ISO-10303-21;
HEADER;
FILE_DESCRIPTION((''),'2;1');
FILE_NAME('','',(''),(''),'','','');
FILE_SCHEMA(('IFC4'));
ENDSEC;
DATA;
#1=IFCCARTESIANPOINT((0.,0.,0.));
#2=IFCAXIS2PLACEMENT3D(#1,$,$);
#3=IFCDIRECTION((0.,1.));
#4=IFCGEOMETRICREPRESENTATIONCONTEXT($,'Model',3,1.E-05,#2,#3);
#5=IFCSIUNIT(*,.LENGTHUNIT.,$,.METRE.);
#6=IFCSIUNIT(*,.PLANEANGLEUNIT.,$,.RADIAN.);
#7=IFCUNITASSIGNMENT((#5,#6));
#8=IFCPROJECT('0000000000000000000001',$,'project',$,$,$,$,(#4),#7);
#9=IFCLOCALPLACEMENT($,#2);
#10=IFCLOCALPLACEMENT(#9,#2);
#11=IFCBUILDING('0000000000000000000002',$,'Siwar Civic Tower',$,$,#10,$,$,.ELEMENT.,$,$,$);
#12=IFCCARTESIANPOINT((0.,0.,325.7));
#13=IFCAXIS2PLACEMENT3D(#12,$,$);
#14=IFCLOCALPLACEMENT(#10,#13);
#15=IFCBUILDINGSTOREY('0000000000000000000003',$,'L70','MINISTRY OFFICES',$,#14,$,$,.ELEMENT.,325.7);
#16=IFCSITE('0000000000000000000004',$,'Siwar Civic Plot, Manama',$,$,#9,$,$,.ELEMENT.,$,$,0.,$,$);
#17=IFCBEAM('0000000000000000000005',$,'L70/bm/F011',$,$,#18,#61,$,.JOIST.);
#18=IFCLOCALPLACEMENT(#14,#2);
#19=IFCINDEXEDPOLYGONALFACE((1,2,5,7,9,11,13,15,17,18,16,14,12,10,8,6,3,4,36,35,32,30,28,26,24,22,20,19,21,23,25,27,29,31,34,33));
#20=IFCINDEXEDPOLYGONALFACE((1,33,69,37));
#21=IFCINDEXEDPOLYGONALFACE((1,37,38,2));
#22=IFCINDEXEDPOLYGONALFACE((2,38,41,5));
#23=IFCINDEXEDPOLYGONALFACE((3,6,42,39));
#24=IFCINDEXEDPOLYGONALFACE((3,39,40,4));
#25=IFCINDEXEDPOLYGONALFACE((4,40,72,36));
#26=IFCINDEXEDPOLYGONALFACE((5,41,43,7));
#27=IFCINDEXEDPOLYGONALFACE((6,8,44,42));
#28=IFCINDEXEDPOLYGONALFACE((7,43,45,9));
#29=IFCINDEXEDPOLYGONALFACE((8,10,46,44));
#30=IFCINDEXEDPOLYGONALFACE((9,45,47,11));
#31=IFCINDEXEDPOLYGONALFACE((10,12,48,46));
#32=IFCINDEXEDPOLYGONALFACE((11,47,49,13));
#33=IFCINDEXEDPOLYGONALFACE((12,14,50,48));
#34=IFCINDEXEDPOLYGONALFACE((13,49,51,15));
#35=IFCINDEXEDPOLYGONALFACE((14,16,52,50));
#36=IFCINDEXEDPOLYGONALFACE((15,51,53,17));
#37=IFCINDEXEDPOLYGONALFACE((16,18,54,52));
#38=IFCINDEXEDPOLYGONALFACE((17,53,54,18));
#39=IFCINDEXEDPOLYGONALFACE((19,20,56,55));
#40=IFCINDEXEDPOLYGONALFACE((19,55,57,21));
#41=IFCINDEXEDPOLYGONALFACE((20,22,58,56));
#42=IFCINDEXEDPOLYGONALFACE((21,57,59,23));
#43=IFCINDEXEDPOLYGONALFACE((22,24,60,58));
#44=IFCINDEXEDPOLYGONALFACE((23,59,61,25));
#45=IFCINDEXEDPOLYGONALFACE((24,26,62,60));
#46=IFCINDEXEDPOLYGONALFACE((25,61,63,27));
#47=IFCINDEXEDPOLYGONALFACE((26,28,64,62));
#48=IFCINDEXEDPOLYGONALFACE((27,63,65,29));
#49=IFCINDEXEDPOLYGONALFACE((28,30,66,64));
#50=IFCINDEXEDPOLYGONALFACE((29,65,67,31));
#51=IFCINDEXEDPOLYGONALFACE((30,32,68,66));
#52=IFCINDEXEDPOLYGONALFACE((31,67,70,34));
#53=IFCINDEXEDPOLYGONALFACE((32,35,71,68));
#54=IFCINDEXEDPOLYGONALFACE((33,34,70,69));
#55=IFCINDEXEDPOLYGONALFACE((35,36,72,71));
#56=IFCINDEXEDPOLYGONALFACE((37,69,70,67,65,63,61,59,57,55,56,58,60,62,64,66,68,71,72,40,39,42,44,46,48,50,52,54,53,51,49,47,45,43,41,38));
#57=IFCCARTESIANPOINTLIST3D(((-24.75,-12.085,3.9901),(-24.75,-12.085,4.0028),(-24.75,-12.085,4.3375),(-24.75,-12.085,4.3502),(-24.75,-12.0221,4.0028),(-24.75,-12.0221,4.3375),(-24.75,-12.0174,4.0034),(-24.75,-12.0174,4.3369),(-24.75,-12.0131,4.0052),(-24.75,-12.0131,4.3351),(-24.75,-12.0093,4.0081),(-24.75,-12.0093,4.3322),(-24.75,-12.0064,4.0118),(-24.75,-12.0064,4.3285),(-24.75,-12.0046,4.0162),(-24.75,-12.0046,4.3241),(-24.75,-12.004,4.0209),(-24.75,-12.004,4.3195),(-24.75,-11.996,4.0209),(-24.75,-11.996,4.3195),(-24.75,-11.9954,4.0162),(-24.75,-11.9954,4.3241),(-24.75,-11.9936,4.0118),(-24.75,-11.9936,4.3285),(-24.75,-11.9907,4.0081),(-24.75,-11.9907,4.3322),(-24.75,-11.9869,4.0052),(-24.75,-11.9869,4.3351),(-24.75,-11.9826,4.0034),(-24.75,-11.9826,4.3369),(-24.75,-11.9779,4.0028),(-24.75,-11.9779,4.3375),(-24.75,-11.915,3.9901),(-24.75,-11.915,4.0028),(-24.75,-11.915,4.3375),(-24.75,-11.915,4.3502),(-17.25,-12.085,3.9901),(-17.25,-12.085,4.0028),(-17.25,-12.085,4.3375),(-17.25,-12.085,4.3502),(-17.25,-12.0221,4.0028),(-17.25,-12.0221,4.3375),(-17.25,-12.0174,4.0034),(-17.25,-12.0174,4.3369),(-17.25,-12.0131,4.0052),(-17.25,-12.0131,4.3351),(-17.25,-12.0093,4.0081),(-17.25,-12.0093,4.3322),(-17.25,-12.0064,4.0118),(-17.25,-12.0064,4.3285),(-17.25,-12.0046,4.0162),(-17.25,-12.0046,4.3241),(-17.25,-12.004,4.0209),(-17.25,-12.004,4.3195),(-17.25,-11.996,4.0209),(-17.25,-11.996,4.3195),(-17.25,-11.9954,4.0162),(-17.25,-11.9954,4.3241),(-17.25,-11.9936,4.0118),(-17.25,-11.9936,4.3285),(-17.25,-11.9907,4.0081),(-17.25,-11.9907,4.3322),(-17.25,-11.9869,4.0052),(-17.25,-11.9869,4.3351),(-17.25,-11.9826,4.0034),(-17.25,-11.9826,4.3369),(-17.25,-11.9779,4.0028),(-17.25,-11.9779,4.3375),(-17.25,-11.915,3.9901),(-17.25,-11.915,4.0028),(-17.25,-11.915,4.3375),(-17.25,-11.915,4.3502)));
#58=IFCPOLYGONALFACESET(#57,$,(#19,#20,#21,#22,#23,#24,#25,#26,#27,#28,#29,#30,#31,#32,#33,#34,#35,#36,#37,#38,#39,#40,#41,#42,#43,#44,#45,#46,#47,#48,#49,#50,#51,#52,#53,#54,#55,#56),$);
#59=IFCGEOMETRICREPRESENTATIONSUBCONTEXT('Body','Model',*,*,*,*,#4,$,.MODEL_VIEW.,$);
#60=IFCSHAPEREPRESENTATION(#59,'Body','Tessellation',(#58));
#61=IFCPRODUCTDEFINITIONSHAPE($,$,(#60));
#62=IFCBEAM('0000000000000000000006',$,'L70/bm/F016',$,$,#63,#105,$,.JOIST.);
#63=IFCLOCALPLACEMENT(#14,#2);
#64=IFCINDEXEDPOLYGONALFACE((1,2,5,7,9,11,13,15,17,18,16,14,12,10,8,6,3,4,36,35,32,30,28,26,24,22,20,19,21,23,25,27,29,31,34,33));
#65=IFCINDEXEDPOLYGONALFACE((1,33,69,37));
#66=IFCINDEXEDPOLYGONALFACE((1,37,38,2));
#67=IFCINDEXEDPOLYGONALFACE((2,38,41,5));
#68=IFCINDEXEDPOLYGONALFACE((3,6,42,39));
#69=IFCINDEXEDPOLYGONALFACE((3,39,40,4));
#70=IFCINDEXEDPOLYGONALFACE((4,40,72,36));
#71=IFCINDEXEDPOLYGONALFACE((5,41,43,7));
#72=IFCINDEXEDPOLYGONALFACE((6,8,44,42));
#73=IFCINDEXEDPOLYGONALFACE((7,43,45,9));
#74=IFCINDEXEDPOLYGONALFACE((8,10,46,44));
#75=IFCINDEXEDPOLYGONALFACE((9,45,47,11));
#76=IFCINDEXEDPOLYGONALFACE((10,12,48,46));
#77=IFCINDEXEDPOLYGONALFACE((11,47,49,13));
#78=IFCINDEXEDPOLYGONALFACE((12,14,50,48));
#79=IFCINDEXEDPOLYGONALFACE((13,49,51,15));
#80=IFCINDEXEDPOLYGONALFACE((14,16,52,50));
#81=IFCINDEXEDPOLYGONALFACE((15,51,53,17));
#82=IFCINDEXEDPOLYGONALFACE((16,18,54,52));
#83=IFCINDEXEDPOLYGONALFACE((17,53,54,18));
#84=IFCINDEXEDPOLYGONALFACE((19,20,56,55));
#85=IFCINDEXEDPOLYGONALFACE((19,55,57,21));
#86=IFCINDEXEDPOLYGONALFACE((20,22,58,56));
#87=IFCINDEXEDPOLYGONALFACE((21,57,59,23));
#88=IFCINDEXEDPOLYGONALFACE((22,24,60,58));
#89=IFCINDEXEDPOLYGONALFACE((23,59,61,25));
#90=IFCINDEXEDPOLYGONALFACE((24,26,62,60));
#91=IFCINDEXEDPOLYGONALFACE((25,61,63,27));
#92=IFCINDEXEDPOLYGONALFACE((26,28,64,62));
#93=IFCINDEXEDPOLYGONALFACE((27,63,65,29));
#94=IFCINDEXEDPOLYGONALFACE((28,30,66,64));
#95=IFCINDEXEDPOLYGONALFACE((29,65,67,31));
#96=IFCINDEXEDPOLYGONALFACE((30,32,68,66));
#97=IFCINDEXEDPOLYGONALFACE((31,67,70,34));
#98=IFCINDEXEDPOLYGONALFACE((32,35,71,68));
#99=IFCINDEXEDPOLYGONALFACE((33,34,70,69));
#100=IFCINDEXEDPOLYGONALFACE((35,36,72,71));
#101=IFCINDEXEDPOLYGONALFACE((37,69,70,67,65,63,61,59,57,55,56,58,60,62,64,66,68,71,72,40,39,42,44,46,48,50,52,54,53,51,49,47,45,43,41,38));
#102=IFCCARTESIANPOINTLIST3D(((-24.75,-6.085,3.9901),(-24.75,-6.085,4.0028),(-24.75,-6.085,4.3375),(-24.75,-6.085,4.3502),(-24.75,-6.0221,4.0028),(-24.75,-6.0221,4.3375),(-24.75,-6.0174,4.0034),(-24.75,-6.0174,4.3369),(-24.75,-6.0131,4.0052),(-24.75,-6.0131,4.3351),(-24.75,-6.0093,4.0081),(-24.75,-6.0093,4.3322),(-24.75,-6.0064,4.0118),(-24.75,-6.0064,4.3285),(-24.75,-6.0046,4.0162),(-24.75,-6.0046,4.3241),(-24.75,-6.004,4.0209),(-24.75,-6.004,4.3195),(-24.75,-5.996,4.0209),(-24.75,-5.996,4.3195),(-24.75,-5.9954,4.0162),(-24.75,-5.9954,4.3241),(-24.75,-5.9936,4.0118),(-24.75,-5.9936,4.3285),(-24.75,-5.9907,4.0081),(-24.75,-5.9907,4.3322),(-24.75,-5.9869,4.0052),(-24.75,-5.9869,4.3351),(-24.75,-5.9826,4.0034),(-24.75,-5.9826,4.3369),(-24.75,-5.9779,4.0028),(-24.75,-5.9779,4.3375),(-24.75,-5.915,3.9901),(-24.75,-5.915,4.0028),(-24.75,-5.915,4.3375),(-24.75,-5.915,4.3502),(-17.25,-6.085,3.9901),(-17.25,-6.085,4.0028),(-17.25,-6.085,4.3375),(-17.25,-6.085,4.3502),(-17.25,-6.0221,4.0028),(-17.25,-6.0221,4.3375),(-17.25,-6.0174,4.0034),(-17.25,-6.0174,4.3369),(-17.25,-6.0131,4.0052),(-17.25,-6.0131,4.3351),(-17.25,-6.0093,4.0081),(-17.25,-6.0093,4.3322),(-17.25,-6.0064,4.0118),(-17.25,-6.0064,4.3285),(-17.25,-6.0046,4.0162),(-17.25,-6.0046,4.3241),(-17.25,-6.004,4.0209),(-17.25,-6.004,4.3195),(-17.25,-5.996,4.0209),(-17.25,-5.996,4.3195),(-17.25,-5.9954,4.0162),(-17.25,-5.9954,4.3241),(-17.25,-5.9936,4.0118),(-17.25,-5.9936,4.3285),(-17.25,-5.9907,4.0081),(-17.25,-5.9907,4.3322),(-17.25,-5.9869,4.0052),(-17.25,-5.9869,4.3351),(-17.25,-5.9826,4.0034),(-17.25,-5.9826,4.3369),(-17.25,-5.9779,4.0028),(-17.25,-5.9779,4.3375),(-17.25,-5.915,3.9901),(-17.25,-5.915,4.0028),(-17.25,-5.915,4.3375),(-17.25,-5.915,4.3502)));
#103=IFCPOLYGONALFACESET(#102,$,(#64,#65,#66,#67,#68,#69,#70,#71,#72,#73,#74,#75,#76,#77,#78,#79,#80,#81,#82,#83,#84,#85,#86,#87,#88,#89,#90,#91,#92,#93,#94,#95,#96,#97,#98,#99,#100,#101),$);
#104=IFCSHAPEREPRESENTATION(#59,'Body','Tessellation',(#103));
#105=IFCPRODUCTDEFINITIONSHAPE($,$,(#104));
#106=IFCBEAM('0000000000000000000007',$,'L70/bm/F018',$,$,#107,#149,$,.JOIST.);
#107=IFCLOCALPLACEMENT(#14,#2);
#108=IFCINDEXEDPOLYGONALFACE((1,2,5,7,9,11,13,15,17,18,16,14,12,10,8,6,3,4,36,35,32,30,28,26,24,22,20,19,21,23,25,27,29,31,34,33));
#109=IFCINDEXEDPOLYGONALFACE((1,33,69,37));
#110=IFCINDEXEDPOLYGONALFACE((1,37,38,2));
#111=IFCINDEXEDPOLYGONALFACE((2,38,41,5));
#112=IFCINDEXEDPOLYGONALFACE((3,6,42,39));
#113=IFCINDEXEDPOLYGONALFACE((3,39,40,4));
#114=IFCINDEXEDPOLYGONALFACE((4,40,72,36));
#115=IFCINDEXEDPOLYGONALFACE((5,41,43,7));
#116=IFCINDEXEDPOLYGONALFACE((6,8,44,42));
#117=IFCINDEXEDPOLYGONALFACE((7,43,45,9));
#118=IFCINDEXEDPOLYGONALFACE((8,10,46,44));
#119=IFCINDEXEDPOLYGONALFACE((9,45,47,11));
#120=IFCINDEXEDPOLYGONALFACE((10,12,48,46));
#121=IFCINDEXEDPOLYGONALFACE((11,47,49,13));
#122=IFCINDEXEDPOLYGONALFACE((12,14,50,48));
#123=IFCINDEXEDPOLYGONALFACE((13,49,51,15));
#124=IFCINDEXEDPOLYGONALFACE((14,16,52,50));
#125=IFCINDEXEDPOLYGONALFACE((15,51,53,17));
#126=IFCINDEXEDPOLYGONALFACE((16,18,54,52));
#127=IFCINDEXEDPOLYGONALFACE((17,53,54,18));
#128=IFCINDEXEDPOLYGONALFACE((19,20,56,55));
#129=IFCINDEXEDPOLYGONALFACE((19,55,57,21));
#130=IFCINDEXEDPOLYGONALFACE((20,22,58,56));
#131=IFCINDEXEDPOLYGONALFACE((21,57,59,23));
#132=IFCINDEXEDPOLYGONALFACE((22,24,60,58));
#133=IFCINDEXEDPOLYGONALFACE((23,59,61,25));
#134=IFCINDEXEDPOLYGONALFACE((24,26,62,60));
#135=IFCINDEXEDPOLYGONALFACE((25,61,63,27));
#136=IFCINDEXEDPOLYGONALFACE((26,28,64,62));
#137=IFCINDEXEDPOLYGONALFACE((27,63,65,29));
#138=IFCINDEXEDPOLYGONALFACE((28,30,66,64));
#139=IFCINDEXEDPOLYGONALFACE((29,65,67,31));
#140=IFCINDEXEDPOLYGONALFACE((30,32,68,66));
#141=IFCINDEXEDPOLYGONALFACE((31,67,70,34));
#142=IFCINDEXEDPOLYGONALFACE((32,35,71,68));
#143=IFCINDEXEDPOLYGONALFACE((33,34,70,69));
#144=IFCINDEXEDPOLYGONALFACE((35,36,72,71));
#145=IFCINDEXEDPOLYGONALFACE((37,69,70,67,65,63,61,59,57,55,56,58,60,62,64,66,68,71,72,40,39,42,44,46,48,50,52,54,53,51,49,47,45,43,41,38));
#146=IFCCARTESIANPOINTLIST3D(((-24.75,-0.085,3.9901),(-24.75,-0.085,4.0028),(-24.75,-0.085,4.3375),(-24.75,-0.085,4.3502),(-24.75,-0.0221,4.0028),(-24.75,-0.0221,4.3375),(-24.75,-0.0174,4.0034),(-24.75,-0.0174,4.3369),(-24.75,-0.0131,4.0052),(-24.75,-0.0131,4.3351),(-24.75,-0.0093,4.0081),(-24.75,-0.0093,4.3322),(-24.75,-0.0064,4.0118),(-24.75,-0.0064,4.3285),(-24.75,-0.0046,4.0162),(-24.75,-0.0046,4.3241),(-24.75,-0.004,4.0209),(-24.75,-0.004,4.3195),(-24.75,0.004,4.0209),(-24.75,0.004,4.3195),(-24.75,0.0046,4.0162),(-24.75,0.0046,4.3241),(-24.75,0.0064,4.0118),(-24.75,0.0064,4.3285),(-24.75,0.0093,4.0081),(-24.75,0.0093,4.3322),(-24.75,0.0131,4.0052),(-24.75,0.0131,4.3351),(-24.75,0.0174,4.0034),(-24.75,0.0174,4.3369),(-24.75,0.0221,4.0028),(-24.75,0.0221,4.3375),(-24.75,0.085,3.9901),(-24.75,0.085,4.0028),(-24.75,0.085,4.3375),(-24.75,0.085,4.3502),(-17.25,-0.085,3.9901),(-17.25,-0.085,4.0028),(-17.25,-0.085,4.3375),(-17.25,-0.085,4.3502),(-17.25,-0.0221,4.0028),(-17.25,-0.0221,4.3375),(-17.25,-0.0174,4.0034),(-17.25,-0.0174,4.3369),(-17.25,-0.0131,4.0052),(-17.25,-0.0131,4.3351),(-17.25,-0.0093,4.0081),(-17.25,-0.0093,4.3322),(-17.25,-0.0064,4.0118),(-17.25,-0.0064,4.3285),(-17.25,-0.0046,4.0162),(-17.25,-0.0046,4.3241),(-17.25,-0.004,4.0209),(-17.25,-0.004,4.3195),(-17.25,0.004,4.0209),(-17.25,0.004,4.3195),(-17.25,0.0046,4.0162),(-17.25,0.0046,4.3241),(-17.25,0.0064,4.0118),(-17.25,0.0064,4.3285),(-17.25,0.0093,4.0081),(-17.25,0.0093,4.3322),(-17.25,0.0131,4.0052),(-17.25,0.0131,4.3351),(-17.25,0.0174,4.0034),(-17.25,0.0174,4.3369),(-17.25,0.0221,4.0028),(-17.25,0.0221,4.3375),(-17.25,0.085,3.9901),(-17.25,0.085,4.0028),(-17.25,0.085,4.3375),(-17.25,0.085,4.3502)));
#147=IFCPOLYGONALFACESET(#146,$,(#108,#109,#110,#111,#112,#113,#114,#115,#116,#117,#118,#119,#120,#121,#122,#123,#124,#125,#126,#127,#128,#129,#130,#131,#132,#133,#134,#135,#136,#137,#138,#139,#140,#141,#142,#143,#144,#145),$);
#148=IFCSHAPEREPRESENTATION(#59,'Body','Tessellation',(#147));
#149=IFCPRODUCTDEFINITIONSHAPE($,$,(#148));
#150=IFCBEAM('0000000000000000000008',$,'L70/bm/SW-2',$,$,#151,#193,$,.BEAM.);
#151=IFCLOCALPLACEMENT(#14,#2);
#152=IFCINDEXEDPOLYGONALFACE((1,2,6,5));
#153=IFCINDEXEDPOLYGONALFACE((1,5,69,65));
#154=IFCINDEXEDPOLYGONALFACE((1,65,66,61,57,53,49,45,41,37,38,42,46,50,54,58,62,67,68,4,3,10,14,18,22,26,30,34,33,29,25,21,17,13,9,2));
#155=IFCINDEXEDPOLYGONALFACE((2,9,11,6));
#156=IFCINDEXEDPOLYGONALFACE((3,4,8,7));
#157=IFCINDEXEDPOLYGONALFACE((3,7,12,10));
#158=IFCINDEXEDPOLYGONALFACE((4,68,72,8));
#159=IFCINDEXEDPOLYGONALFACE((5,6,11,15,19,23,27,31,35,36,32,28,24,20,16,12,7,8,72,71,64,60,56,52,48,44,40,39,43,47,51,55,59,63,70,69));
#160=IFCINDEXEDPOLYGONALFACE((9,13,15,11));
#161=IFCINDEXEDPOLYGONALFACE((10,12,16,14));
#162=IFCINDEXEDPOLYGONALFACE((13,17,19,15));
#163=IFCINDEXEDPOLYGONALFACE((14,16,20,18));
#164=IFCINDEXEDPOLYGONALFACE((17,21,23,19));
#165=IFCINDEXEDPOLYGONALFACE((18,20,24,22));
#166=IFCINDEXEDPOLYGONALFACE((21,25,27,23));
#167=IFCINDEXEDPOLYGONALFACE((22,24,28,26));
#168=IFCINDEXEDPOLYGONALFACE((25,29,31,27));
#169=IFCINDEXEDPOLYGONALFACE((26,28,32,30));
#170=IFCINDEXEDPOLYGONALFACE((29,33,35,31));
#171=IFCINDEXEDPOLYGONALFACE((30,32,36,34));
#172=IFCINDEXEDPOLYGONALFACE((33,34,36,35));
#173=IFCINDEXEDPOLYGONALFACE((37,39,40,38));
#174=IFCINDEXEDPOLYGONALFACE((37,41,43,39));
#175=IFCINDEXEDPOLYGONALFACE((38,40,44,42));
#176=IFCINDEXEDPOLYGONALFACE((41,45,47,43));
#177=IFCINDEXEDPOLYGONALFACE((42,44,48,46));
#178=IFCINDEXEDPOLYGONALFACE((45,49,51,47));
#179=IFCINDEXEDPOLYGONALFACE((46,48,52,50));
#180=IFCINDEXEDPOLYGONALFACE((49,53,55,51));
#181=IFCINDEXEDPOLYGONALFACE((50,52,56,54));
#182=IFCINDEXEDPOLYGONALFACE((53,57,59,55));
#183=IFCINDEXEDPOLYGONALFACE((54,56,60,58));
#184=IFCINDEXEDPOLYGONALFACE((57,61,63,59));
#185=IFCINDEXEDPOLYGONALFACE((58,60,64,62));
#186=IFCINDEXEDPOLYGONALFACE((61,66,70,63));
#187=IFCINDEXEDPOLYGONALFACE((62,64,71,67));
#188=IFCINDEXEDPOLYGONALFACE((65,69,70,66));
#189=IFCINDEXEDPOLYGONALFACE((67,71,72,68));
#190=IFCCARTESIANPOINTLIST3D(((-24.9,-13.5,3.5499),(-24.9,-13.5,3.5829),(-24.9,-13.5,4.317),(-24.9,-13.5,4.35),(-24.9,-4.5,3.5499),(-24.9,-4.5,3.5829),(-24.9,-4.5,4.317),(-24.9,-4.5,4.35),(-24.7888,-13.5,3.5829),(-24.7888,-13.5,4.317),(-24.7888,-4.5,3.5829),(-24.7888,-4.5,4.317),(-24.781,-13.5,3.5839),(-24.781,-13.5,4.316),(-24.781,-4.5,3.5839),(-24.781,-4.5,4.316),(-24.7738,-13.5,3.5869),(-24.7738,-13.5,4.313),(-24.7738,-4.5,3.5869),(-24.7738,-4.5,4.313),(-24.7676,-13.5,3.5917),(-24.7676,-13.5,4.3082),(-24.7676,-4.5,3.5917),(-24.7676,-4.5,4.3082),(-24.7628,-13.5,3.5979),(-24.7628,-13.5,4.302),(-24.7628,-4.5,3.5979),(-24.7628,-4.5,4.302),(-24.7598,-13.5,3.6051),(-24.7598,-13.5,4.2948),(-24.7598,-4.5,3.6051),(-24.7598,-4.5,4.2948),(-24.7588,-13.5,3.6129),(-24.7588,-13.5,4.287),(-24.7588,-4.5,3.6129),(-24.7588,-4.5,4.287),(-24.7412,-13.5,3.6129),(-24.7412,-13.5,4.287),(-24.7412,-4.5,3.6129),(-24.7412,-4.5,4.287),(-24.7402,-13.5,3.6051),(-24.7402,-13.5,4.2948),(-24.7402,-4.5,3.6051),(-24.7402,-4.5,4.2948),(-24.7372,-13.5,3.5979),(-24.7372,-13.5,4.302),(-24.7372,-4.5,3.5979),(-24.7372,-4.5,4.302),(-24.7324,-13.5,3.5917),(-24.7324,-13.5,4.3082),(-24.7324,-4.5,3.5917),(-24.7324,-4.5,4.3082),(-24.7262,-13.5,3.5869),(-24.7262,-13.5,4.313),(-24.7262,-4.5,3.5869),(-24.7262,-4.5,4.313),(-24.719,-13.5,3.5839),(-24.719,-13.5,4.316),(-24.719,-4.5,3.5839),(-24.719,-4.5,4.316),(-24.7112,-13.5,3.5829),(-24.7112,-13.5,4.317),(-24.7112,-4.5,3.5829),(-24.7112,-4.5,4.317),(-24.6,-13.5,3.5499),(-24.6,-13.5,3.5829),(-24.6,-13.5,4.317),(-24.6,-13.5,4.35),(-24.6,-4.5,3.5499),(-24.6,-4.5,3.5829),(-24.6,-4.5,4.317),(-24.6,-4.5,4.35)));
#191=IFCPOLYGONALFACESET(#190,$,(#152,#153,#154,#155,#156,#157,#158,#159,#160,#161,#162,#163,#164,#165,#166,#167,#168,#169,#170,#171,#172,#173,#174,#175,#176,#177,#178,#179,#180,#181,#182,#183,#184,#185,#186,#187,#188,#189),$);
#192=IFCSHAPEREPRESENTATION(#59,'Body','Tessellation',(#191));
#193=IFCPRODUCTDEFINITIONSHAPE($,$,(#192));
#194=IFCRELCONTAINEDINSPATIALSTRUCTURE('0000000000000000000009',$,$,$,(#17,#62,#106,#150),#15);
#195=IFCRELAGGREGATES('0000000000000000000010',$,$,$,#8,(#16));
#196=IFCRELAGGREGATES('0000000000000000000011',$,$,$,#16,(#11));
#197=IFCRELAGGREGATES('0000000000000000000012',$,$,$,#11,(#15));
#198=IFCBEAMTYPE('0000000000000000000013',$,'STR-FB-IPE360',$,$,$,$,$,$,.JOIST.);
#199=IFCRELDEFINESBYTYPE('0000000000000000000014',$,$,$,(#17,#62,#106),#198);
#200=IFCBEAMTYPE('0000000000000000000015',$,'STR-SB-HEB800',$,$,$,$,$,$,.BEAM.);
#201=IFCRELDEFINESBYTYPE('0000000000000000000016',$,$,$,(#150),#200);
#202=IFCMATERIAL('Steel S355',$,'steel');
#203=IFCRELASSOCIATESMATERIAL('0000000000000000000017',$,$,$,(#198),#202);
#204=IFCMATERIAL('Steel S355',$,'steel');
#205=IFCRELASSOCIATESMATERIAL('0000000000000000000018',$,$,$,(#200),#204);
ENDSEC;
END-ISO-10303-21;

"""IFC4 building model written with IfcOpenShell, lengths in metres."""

from ifc_helpers import new_model, si_unit, direction, frame, origin, origin_2d, place, context, subcontext, project, spatial, i_section, extrude, material, material_profile, profile_set, type_object, element, save


model = new_model("IFC4")

# Units and contexts
model_context = context("Model", 3, precision=1e-05, world=origin(), true_north=direction((0.0, 1.0)))
body_context = subcontext(model_context, "Body", "Model", "MODEL_VIEW")
ifc_project = project(units=[si_unit("LENGTHUNIT", "METRE"), si_unit("PLANEANGLEUNIT", "RADIAN")], contexts=[model_context])

# Site, building, storey
site_placement = place(None, origin())
site = spatial("IfcSite", under=ifc_project, at=site_placement, Name="Siwar Civic Plot, Manama", CompositionType="ELEMENT", RefElevation=0.0)
building_placement = place(site_placement, origin())
building = spatial("IfcBuilding", under=site, at=building_placement, Name="Siwar Civic Tower", CompositionType="ELEMENT")
storey_placement = place(building_placement, frame((0.0, 0.0, 325.7)))
storey = spatial("IfcBuildingStorey", under=building, at=storey_placement, Name="L70", Description="MINISTRY OFFICES", CompositionType="ELEMENT", Elevation=325.7)

# Beams
ifc_material_1 = material(Name="Steel S355", Category="steel")
ifc_material_profile_1 = material_profile(ifc_material_1, i_section(OverallWidth=0.1699, OverallDepth=0.3601, WebThickness=0.0081, FlangeThickness=0.0127, FilletRadius=0.0181, at=origin_2d()), Name="IPE360")
ifc_profile_set_1 = profile_set([ifc_material_profile_1], Name="Steel S355")
beam_type_1 = type_object("IfcBeamType", Name="STR-FB-IPE360", PredefinedType="JOIST", material=ifc_profile_set_1)
for number, where, z_axis, x_axis, name in (
    (1, (-24.75, -12.0, 4.1702), (1.0, 0.0, 0.0), (0.0, 1.0, 0.0), "L70/bm/F011"),
    (2, (-24.75, -6.0, 4.1702), (1.0, 0.0, 0.0), (0.0, 1.0, 0.0), "L70/bm/F016"),
    (3, (-24.75, 0.0, 4.1702), (1.0, 0.0, 0.0), (0.0, 1.0, 0.0), "L70/bm/F018"),
):
    element("IfcBeam", number, at=place(storey_placement, frame(where, z_axis=z_axis, x_axis=x_axis)), inside=storey, type_object=beam_type_1, Name=name, PredefinedType="JOIST", context=body_context, shape_type="SweptSolid", body=[
        extrude(i_section(OverallWidth=0.1699, OverallDepth=0.3601, WebThickness=0.0081, FlangeThickness=0.0127, FilletRadius=0.0181, at=origin_2d()), origin(), (0.0, 0.0, 1.0), 7.5),
    ])
ifc_material_2 = material(Name="Steel S355", Category="steel")
ifc_material_profile_2 = material_profile(ifc_material_2, i_section(OverallWidth=0.3, OverallDepth=0.8, WebThickness=0.0176, FlangeThickness=0.033, FilletRadius=0.03, at=origin_2d()), Name="HEB800")
ifc_profile_set_2 = profile_set([ifc_material_profile_2], Name="Steel S355")
beam_type_2 = type_object("IfcBeamType", Name="STR-SB-HEB800", PredefinedType="BEAM", material=ifc_profile_set_2)
beam_1_placement = place(storey_placement, frame((-24.75, -4.5, 3.95), z_axis=(0.0, -1.0, 0.0), x_axis=(1.0, 0.0, 0.0)))
element("IfcBeam", 4, at=beam_1_placement, inside=storey, type_object=beam_type_2, Name="L70/bm/SW-2", PredefinedType="BEAM", context=body_context, shape_type="SweptSolid", body=[
    extrude(i_section(OverallWidth=0.3, OverallDepth=0.8, WebThickness=0.0176, FlangeThickness=0.033, FilletRadius=0.03, at=origin_2d()), origin(), (0.0, 0.0, 1.0), 9.0),
])

save(model, "model.ifc")
